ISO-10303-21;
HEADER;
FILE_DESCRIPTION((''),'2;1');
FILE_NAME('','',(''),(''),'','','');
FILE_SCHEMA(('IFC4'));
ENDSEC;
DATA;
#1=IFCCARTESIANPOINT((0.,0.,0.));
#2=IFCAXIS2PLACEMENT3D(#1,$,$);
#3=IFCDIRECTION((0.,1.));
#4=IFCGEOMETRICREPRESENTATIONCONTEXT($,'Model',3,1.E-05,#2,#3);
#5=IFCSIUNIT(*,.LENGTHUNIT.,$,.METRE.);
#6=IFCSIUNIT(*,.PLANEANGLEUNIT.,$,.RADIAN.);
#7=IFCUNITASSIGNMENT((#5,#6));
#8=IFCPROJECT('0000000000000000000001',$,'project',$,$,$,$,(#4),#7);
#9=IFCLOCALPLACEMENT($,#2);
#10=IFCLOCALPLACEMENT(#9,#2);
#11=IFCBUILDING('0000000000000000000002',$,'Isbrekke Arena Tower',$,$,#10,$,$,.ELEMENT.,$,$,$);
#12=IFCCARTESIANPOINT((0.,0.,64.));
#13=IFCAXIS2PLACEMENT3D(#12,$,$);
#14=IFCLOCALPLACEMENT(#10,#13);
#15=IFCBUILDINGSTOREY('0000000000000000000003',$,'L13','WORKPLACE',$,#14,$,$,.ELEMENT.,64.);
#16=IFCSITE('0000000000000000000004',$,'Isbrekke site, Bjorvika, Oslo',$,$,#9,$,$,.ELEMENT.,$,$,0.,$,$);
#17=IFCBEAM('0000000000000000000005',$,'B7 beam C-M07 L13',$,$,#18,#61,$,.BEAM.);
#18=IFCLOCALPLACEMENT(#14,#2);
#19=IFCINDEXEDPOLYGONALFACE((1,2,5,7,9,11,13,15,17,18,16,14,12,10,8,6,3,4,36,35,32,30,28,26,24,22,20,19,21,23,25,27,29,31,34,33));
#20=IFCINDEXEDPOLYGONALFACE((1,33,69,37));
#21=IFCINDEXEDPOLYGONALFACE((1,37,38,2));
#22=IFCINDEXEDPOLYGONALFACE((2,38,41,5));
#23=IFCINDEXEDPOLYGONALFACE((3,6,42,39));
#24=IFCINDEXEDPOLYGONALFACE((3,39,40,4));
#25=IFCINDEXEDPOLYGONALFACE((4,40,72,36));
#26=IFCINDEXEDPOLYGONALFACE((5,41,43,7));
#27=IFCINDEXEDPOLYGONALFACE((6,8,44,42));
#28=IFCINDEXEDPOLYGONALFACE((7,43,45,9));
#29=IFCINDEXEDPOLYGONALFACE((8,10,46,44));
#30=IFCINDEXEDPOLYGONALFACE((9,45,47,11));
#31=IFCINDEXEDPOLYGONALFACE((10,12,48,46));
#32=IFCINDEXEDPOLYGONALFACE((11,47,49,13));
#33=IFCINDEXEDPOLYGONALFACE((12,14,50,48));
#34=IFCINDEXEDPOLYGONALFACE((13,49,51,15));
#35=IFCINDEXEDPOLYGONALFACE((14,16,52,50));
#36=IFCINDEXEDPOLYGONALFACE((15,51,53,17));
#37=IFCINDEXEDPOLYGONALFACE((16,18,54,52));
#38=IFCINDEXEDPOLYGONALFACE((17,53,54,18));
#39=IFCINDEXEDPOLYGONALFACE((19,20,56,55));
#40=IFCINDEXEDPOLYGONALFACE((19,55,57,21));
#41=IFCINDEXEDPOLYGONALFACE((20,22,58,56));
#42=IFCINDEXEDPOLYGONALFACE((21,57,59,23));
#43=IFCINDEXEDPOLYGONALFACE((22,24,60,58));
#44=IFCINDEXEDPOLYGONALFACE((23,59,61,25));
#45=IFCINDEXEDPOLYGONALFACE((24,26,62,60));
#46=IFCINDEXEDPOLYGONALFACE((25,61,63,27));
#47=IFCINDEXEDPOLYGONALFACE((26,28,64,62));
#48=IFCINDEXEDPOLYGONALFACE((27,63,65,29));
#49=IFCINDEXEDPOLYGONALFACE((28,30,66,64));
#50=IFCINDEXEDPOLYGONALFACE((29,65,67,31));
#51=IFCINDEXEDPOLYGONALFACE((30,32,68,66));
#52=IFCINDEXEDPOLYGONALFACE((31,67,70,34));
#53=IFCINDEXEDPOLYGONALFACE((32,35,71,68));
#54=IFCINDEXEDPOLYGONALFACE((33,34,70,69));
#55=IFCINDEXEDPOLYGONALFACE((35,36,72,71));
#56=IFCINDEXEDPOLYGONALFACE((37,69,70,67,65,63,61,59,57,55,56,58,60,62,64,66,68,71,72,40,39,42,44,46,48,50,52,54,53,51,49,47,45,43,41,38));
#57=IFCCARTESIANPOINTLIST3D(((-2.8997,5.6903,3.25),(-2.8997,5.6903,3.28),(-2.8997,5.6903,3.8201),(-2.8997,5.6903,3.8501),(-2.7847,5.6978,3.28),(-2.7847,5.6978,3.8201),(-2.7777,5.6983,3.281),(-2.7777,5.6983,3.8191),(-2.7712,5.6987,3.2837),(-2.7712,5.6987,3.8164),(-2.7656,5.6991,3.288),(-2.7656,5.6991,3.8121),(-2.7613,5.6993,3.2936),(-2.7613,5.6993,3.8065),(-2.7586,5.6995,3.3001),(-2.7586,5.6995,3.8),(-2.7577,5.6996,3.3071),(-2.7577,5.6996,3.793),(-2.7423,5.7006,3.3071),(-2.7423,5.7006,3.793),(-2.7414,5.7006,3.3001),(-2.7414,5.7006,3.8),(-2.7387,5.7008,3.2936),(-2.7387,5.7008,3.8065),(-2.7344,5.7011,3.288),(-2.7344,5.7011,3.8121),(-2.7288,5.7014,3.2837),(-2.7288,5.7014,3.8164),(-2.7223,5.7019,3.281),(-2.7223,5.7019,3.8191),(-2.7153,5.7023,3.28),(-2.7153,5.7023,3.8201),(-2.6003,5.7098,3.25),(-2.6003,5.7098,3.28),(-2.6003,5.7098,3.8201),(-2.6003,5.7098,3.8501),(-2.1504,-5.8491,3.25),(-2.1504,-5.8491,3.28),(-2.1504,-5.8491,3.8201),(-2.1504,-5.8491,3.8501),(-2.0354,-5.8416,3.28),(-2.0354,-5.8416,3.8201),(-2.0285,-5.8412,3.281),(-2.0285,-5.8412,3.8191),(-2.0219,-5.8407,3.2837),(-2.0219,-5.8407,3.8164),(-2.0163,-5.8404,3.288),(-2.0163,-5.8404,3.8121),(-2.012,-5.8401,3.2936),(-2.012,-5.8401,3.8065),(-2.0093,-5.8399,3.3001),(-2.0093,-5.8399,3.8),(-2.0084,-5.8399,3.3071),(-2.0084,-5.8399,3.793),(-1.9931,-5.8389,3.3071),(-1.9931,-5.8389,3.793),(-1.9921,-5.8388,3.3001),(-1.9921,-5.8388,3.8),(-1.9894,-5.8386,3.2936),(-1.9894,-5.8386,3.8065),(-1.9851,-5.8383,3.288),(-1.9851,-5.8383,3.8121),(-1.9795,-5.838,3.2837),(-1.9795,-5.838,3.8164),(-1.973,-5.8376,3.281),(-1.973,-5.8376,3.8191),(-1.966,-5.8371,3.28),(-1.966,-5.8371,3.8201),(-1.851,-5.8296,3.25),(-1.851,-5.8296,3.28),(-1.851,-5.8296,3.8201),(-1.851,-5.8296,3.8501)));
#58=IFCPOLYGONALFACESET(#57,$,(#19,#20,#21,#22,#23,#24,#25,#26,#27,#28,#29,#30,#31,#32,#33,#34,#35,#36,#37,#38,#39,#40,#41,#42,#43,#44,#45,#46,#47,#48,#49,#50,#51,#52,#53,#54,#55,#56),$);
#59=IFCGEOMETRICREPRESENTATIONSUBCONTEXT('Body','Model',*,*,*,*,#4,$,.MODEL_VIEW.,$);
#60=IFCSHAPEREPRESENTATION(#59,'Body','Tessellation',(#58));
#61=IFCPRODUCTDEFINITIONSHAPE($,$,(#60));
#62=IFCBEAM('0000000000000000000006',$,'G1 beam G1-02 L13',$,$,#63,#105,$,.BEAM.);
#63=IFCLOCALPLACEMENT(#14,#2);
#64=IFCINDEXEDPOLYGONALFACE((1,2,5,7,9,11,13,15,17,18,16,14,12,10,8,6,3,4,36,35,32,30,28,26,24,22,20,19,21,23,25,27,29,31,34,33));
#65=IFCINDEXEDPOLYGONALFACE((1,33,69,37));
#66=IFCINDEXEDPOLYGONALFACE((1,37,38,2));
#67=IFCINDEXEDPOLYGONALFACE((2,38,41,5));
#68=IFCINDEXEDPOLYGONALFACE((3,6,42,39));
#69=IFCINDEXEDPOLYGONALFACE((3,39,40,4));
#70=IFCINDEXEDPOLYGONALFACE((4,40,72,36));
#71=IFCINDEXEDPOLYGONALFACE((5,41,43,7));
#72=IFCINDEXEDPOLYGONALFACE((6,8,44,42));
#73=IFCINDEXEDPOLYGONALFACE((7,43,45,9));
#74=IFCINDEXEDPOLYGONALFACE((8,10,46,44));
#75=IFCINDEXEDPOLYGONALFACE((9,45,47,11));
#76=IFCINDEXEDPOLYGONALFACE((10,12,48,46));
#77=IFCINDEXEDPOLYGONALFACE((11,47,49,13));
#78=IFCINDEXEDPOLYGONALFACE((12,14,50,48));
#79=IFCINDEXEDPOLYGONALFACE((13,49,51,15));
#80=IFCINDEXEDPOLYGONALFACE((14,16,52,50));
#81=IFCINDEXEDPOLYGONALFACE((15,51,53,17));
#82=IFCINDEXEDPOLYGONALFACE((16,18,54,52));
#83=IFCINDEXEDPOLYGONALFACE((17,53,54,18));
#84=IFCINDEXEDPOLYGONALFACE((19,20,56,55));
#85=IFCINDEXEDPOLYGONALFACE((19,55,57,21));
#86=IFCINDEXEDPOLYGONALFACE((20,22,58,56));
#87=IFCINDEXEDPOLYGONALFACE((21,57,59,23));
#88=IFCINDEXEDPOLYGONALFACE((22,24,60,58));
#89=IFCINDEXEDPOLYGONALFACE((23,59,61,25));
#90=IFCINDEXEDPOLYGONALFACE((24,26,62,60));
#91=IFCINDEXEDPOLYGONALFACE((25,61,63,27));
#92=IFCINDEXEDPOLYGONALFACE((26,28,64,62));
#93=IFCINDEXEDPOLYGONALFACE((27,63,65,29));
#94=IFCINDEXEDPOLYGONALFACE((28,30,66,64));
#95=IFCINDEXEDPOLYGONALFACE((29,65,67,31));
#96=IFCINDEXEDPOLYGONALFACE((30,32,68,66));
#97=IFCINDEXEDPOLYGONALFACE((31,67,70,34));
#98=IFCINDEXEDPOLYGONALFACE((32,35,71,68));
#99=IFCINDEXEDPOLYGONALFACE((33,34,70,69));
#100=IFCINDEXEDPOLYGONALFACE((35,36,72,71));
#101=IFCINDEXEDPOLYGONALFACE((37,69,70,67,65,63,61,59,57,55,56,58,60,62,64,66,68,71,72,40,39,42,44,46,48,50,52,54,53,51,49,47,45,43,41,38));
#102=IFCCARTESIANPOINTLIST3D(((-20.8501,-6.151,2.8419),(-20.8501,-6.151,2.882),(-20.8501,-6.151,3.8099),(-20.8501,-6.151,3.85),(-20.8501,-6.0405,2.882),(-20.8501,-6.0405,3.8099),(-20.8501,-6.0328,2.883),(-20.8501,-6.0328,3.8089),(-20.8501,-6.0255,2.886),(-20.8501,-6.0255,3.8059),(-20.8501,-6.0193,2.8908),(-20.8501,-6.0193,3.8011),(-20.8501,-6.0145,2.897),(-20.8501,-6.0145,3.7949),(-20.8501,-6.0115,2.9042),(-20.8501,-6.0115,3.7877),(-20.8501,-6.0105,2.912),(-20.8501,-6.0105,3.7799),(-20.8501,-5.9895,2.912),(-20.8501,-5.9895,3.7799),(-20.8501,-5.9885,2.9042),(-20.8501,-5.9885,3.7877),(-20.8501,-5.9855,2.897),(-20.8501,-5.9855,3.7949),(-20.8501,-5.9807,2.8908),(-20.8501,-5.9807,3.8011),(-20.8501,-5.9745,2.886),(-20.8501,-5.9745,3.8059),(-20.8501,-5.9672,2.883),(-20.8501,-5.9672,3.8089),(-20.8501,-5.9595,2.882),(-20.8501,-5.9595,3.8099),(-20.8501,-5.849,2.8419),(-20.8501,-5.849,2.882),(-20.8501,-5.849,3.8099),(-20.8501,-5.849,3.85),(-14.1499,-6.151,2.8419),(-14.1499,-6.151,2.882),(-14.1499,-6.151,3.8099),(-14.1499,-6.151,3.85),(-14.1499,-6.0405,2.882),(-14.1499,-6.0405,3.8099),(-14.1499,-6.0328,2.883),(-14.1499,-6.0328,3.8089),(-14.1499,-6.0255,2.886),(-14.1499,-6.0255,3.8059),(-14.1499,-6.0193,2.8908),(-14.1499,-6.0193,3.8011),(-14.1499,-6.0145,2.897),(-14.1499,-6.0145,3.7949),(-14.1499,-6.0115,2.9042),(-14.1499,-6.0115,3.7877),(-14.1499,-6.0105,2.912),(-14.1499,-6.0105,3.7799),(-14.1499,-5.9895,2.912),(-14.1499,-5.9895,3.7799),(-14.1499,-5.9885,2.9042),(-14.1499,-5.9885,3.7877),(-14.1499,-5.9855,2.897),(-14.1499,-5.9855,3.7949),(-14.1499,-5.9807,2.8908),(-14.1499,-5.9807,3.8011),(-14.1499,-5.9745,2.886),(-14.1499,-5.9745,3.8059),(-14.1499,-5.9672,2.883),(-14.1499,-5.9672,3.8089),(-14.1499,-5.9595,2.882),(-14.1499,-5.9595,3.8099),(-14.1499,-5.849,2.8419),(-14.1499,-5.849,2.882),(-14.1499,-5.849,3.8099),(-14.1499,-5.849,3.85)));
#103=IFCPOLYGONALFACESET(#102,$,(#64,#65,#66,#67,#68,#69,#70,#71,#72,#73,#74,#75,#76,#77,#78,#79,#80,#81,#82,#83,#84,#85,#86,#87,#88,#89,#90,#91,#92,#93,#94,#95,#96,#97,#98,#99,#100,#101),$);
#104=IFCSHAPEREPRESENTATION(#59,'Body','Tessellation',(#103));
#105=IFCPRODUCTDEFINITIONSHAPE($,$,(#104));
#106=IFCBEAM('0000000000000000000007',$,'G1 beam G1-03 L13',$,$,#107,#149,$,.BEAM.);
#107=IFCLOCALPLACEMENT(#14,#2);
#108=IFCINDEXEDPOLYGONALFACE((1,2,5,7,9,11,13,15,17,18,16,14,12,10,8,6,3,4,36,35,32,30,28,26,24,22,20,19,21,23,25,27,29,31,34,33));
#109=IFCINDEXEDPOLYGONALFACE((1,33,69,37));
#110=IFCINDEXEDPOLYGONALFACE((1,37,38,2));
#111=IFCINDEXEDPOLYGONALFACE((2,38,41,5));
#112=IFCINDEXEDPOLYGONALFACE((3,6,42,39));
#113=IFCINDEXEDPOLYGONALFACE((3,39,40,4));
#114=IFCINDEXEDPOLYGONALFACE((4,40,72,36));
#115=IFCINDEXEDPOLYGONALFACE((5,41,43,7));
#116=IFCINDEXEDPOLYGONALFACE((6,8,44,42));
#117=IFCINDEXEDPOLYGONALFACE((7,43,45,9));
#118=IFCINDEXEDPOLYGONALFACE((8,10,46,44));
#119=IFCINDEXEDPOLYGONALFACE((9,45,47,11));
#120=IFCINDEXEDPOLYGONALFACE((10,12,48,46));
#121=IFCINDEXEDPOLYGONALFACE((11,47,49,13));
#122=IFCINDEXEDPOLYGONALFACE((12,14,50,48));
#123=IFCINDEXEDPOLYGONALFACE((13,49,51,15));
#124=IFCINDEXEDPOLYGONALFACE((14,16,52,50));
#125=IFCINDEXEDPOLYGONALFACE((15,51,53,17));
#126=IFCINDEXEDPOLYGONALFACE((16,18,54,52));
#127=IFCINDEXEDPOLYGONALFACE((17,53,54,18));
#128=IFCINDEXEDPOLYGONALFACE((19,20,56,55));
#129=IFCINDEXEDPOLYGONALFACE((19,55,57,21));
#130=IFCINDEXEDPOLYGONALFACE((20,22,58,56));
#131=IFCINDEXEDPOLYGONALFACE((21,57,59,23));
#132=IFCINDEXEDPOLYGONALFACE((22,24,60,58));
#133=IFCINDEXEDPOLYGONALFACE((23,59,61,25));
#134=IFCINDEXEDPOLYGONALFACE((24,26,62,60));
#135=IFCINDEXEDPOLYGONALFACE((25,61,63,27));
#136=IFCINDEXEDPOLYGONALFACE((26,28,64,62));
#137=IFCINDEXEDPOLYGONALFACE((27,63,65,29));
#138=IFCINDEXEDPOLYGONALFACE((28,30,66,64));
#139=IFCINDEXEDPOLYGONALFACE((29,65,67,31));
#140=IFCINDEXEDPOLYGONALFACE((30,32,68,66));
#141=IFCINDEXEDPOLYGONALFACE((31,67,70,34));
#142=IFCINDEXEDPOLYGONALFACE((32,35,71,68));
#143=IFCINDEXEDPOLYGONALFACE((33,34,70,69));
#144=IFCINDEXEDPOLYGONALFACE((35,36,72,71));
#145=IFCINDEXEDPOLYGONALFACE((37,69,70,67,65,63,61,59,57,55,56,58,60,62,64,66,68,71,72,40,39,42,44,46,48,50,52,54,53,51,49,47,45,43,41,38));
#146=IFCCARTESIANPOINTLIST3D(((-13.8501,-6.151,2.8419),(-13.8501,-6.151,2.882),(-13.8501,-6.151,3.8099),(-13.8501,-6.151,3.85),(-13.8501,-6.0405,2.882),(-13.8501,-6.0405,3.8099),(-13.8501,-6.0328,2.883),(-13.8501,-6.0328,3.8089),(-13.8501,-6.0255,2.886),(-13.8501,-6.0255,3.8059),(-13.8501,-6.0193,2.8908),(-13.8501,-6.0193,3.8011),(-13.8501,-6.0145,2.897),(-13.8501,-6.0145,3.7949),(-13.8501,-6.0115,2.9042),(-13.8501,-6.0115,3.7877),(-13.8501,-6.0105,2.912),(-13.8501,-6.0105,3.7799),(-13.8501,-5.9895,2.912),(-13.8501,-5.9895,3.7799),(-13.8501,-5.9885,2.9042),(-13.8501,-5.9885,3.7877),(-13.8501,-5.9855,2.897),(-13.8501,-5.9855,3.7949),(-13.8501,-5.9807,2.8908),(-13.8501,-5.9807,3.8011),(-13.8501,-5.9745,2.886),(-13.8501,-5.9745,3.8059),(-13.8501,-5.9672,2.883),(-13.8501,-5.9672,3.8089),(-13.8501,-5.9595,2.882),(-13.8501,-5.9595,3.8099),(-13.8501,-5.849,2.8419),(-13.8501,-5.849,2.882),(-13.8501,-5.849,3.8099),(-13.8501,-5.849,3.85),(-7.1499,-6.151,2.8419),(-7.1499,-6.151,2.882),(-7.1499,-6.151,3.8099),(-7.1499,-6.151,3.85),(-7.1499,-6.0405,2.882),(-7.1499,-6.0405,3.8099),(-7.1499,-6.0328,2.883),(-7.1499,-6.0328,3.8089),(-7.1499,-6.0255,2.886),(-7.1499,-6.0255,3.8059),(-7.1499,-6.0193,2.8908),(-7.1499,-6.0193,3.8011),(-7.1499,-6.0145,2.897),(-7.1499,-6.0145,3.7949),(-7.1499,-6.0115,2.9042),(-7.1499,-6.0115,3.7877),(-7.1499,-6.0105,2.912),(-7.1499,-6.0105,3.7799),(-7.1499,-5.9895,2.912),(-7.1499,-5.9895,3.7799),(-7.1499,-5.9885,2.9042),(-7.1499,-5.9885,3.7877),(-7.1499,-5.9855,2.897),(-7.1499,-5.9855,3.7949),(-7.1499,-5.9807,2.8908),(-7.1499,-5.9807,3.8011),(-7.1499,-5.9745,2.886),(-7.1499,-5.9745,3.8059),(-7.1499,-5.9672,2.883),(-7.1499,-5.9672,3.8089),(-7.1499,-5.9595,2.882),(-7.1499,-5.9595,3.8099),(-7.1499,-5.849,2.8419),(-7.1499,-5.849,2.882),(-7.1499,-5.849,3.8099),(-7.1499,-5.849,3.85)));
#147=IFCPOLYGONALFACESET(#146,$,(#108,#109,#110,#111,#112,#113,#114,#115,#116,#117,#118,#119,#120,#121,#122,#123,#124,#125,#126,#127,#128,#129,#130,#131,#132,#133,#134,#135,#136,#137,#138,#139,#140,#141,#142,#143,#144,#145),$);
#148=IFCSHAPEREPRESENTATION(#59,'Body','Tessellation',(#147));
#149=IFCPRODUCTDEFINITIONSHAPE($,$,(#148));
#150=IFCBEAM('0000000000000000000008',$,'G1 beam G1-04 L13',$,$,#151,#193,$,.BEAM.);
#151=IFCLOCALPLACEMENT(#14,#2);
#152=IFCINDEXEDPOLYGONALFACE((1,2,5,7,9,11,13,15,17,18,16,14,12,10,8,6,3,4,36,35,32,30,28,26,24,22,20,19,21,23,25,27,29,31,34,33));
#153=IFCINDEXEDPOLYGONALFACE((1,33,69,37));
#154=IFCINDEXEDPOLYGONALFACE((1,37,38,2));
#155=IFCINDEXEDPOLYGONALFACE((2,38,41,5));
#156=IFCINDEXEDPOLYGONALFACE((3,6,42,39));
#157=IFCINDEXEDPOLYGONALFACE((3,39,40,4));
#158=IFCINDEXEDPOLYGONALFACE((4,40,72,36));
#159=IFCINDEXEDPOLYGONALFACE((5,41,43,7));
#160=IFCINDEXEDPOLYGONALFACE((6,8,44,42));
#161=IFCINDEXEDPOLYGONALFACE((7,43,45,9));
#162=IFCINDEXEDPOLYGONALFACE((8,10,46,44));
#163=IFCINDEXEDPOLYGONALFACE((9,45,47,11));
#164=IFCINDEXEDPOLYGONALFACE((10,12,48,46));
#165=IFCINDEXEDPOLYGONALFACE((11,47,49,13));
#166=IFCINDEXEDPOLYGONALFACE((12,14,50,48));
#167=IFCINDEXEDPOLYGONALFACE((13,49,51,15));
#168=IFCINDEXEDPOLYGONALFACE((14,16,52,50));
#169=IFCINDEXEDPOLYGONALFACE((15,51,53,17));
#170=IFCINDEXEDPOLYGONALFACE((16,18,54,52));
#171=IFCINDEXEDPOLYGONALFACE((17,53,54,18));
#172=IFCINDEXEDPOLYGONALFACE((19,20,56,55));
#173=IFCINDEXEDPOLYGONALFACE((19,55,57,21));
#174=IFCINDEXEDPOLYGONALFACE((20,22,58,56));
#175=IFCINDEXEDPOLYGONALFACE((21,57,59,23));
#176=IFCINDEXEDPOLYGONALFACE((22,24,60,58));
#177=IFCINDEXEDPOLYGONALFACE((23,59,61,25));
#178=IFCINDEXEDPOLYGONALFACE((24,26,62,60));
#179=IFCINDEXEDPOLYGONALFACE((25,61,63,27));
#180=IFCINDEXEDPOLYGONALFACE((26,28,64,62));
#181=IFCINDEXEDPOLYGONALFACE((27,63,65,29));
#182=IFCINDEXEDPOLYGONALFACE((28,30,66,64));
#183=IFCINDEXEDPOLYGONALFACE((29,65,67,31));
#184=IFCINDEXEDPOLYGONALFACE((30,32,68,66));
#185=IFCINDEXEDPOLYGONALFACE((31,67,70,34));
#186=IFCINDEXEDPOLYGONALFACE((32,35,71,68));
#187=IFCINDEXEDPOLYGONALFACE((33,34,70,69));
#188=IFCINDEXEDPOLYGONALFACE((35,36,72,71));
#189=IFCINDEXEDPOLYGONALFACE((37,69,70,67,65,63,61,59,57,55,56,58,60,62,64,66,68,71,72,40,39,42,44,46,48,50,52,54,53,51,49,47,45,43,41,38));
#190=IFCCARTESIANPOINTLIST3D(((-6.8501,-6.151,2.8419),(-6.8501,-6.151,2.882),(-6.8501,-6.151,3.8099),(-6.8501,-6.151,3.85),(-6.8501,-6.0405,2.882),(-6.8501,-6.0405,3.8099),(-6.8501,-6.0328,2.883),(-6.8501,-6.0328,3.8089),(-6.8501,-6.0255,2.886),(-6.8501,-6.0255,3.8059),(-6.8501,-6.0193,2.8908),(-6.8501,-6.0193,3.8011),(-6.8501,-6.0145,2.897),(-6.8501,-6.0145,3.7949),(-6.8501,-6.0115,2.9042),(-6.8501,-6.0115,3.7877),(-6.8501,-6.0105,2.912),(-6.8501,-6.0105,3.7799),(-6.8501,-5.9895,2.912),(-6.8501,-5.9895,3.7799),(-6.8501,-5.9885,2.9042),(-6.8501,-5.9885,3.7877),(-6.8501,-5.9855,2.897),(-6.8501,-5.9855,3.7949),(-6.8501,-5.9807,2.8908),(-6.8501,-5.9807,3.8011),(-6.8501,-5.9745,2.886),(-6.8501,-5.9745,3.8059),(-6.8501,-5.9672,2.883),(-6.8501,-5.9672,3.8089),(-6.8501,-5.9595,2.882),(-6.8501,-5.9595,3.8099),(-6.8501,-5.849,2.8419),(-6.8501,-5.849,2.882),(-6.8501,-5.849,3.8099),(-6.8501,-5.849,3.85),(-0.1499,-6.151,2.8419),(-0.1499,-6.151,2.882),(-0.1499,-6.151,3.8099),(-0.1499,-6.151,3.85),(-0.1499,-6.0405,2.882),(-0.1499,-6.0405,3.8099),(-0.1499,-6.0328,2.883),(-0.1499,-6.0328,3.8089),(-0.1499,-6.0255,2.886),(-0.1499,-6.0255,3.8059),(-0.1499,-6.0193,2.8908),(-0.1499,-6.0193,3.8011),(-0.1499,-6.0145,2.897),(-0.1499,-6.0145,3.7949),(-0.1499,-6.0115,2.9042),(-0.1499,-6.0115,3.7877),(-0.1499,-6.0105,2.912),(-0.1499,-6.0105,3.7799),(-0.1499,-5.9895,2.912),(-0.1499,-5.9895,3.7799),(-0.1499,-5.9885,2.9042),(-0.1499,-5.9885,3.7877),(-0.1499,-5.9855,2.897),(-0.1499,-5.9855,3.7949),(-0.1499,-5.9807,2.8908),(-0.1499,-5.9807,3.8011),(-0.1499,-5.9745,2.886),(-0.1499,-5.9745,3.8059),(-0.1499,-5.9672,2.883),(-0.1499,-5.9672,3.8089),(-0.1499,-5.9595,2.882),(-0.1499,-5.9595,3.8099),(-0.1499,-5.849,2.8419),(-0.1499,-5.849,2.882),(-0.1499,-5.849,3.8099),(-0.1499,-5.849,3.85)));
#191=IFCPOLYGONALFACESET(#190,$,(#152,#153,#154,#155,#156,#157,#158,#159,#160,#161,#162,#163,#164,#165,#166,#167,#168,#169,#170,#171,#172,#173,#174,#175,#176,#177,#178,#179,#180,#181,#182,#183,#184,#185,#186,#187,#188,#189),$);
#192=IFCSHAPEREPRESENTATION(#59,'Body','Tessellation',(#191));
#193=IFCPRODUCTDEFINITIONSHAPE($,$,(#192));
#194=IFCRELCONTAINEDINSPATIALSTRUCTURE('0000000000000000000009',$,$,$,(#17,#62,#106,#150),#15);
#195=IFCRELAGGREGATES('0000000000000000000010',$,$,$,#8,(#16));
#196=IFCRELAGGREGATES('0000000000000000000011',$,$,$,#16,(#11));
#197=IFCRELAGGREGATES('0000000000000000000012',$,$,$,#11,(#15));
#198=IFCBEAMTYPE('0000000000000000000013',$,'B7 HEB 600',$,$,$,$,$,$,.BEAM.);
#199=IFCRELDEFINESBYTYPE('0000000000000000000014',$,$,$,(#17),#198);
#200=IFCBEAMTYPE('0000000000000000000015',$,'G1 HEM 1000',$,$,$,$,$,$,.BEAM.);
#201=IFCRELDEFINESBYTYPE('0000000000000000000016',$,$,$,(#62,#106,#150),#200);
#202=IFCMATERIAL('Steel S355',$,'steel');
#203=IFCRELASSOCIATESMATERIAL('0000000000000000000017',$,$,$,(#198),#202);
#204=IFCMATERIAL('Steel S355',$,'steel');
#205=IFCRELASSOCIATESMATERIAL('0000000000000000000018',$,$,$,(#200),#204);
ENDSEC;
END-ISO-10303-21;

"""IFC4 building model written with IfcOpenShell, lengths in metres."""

from ifc_helpers import new_model, si_unit, direction, frame, origin, origin_2d, place, context, subcontext, project, spatial, i_section, extrude, material, material_profile, profile_set, type_object, element, save


model = new_model("IFC4")

# Units and contexts
model_context = context("Model", 3, precision=1e-05, world=origin(), true_north=direction((0.0, 1.0)))
body_context = subcontext(model_context, "Body", "Model", "MODEL_VIEW")
ifc_project = project(units=[si_unit("LENGTHUNIT", "METRE"), si_unit("PLANEANGLEUNIT", "RADIAN")], contexts=[model_context])

# Site, building, storey
site_placement = place(None, origin())
site = spatial("IfcSite", under=ifc_project, at=site_placement, Name="Isbrekke site, Bjorvika, Oslo", CompositionType="ELEMENT", RefElevation=0.0)
building_placement = place(site_placement, origin())
building = spatial("IfcBuilding", under=site, at=building_placement, Name="Isbrekke Arena Tower", CompositionType="ELEMENT")
storey_placement = place(building_placement, frame((0.0, 0.0, 64.0)))
storey = spatial("IfcBuildingStorey", under=building, at=storey_placement, Name="L13", Description="WORKPLACE", CompositionType="ELEMENT", Elevation=64.0)

# Beams
ifc_material_1 = material(Name="Steel S355", Category="steel")
ifc_material_profile_1 = material_profile(ifc_material_1, i_section(OverallWidth=0.3, OverallDepth=0.6001, WebThickness=0.0154, FlangeThickness=0.03, FilletRadius=0.0271, at=origin_2d()), Name="HEB 600")
ifc_profile_set_1 = profile_set([ifc_material_profile_1], Name="Steel S355")
beam_type_1 = type_object("IfcBeamType", Name="B7 HEB 600", PredefinedType="BEAM", material=ifc_profile_set_1)
beam_1_placement = place(storey_placement, frame((-2.0007, -5.8394, 3.55), z_axis=(-0.064795, 0.997899, 0.0), x_axis=(-0.997899, -0.064795, 0.0)))
element("IfcBeam", 1, at=beam_1_placement, inside=storey, type_object=beam_type_1, Name="B7 beam C-M07 L13", PredefinedType="BEAM", context=body_context, shape_type="SweptSolid", body=[
    extrude(i_section(OverallWidth=0.3, OverallDepth=0.6001, WebThickness=0.0154, FlangeThickness=0.03, FilletRadius=0.0271, at=origin_2d()), origin(), (0.0, 0.0, 1.0), 11.5637),
])
ifc_material_2 = material(Name="Steel S355", Category="steel")
ifc_material_profile_2 = material_profile(ifc_material_2, i_section(OverallWidth=0.302, OverallDepth=1.0081, WebThickness=0.021, FlangeThickness=0.04, FilletRadius=0.03, at=origin_2d()), Name="HEM 1000")
ifc_profile_set_2 = profile_set([ifc_material_profile_2], Name="Steel S355")
beam_type_2 = type_object("IfcBeamType", Name="G1 HEM 1000", PredefinedType="BEAM", material=ifc_profile_set_2)
for number, where, z_axis, x_axis, name in (
    (2, (-20.8501, -6.0, 3.3459), (1.0, 0.0, 0.0), (0.0, 1.0, 0.0), "G1 beam G1-02 L13"),
    (3, (-13.8501, -6.0, 3.3459), (1.0, 0.0, 0.0), (0.0, 1.0, 0.0), "G1 beam G1-03 L13"),
    (4, (-6.8501, -6.0, 3.3459), (1.0, 0.0, 0.0), (0.0, 1.0, 0.0), "G1 beam G1-04 L13"),
):
    element("IfcBeam", number, at=place(storey_placement, frame(where, z_axis=z_axis, x_axis=x_axis)), inside=storey, type_object=beam_type_2, Name=name, PredefinedType="BEAM", context=body_context, shape_type="SweptSolid", body=[
        extrude(i_section(OverallWidth=0.302, OverallDepth=1.0081, WebThickness=0.021, FlangeThickness=0.04, FilletRadius=0.03, at=origin_2d()), origin(), (0.0, 0.0, 1.0), 6.7002),
    ])

save(model, "model.ifc")
